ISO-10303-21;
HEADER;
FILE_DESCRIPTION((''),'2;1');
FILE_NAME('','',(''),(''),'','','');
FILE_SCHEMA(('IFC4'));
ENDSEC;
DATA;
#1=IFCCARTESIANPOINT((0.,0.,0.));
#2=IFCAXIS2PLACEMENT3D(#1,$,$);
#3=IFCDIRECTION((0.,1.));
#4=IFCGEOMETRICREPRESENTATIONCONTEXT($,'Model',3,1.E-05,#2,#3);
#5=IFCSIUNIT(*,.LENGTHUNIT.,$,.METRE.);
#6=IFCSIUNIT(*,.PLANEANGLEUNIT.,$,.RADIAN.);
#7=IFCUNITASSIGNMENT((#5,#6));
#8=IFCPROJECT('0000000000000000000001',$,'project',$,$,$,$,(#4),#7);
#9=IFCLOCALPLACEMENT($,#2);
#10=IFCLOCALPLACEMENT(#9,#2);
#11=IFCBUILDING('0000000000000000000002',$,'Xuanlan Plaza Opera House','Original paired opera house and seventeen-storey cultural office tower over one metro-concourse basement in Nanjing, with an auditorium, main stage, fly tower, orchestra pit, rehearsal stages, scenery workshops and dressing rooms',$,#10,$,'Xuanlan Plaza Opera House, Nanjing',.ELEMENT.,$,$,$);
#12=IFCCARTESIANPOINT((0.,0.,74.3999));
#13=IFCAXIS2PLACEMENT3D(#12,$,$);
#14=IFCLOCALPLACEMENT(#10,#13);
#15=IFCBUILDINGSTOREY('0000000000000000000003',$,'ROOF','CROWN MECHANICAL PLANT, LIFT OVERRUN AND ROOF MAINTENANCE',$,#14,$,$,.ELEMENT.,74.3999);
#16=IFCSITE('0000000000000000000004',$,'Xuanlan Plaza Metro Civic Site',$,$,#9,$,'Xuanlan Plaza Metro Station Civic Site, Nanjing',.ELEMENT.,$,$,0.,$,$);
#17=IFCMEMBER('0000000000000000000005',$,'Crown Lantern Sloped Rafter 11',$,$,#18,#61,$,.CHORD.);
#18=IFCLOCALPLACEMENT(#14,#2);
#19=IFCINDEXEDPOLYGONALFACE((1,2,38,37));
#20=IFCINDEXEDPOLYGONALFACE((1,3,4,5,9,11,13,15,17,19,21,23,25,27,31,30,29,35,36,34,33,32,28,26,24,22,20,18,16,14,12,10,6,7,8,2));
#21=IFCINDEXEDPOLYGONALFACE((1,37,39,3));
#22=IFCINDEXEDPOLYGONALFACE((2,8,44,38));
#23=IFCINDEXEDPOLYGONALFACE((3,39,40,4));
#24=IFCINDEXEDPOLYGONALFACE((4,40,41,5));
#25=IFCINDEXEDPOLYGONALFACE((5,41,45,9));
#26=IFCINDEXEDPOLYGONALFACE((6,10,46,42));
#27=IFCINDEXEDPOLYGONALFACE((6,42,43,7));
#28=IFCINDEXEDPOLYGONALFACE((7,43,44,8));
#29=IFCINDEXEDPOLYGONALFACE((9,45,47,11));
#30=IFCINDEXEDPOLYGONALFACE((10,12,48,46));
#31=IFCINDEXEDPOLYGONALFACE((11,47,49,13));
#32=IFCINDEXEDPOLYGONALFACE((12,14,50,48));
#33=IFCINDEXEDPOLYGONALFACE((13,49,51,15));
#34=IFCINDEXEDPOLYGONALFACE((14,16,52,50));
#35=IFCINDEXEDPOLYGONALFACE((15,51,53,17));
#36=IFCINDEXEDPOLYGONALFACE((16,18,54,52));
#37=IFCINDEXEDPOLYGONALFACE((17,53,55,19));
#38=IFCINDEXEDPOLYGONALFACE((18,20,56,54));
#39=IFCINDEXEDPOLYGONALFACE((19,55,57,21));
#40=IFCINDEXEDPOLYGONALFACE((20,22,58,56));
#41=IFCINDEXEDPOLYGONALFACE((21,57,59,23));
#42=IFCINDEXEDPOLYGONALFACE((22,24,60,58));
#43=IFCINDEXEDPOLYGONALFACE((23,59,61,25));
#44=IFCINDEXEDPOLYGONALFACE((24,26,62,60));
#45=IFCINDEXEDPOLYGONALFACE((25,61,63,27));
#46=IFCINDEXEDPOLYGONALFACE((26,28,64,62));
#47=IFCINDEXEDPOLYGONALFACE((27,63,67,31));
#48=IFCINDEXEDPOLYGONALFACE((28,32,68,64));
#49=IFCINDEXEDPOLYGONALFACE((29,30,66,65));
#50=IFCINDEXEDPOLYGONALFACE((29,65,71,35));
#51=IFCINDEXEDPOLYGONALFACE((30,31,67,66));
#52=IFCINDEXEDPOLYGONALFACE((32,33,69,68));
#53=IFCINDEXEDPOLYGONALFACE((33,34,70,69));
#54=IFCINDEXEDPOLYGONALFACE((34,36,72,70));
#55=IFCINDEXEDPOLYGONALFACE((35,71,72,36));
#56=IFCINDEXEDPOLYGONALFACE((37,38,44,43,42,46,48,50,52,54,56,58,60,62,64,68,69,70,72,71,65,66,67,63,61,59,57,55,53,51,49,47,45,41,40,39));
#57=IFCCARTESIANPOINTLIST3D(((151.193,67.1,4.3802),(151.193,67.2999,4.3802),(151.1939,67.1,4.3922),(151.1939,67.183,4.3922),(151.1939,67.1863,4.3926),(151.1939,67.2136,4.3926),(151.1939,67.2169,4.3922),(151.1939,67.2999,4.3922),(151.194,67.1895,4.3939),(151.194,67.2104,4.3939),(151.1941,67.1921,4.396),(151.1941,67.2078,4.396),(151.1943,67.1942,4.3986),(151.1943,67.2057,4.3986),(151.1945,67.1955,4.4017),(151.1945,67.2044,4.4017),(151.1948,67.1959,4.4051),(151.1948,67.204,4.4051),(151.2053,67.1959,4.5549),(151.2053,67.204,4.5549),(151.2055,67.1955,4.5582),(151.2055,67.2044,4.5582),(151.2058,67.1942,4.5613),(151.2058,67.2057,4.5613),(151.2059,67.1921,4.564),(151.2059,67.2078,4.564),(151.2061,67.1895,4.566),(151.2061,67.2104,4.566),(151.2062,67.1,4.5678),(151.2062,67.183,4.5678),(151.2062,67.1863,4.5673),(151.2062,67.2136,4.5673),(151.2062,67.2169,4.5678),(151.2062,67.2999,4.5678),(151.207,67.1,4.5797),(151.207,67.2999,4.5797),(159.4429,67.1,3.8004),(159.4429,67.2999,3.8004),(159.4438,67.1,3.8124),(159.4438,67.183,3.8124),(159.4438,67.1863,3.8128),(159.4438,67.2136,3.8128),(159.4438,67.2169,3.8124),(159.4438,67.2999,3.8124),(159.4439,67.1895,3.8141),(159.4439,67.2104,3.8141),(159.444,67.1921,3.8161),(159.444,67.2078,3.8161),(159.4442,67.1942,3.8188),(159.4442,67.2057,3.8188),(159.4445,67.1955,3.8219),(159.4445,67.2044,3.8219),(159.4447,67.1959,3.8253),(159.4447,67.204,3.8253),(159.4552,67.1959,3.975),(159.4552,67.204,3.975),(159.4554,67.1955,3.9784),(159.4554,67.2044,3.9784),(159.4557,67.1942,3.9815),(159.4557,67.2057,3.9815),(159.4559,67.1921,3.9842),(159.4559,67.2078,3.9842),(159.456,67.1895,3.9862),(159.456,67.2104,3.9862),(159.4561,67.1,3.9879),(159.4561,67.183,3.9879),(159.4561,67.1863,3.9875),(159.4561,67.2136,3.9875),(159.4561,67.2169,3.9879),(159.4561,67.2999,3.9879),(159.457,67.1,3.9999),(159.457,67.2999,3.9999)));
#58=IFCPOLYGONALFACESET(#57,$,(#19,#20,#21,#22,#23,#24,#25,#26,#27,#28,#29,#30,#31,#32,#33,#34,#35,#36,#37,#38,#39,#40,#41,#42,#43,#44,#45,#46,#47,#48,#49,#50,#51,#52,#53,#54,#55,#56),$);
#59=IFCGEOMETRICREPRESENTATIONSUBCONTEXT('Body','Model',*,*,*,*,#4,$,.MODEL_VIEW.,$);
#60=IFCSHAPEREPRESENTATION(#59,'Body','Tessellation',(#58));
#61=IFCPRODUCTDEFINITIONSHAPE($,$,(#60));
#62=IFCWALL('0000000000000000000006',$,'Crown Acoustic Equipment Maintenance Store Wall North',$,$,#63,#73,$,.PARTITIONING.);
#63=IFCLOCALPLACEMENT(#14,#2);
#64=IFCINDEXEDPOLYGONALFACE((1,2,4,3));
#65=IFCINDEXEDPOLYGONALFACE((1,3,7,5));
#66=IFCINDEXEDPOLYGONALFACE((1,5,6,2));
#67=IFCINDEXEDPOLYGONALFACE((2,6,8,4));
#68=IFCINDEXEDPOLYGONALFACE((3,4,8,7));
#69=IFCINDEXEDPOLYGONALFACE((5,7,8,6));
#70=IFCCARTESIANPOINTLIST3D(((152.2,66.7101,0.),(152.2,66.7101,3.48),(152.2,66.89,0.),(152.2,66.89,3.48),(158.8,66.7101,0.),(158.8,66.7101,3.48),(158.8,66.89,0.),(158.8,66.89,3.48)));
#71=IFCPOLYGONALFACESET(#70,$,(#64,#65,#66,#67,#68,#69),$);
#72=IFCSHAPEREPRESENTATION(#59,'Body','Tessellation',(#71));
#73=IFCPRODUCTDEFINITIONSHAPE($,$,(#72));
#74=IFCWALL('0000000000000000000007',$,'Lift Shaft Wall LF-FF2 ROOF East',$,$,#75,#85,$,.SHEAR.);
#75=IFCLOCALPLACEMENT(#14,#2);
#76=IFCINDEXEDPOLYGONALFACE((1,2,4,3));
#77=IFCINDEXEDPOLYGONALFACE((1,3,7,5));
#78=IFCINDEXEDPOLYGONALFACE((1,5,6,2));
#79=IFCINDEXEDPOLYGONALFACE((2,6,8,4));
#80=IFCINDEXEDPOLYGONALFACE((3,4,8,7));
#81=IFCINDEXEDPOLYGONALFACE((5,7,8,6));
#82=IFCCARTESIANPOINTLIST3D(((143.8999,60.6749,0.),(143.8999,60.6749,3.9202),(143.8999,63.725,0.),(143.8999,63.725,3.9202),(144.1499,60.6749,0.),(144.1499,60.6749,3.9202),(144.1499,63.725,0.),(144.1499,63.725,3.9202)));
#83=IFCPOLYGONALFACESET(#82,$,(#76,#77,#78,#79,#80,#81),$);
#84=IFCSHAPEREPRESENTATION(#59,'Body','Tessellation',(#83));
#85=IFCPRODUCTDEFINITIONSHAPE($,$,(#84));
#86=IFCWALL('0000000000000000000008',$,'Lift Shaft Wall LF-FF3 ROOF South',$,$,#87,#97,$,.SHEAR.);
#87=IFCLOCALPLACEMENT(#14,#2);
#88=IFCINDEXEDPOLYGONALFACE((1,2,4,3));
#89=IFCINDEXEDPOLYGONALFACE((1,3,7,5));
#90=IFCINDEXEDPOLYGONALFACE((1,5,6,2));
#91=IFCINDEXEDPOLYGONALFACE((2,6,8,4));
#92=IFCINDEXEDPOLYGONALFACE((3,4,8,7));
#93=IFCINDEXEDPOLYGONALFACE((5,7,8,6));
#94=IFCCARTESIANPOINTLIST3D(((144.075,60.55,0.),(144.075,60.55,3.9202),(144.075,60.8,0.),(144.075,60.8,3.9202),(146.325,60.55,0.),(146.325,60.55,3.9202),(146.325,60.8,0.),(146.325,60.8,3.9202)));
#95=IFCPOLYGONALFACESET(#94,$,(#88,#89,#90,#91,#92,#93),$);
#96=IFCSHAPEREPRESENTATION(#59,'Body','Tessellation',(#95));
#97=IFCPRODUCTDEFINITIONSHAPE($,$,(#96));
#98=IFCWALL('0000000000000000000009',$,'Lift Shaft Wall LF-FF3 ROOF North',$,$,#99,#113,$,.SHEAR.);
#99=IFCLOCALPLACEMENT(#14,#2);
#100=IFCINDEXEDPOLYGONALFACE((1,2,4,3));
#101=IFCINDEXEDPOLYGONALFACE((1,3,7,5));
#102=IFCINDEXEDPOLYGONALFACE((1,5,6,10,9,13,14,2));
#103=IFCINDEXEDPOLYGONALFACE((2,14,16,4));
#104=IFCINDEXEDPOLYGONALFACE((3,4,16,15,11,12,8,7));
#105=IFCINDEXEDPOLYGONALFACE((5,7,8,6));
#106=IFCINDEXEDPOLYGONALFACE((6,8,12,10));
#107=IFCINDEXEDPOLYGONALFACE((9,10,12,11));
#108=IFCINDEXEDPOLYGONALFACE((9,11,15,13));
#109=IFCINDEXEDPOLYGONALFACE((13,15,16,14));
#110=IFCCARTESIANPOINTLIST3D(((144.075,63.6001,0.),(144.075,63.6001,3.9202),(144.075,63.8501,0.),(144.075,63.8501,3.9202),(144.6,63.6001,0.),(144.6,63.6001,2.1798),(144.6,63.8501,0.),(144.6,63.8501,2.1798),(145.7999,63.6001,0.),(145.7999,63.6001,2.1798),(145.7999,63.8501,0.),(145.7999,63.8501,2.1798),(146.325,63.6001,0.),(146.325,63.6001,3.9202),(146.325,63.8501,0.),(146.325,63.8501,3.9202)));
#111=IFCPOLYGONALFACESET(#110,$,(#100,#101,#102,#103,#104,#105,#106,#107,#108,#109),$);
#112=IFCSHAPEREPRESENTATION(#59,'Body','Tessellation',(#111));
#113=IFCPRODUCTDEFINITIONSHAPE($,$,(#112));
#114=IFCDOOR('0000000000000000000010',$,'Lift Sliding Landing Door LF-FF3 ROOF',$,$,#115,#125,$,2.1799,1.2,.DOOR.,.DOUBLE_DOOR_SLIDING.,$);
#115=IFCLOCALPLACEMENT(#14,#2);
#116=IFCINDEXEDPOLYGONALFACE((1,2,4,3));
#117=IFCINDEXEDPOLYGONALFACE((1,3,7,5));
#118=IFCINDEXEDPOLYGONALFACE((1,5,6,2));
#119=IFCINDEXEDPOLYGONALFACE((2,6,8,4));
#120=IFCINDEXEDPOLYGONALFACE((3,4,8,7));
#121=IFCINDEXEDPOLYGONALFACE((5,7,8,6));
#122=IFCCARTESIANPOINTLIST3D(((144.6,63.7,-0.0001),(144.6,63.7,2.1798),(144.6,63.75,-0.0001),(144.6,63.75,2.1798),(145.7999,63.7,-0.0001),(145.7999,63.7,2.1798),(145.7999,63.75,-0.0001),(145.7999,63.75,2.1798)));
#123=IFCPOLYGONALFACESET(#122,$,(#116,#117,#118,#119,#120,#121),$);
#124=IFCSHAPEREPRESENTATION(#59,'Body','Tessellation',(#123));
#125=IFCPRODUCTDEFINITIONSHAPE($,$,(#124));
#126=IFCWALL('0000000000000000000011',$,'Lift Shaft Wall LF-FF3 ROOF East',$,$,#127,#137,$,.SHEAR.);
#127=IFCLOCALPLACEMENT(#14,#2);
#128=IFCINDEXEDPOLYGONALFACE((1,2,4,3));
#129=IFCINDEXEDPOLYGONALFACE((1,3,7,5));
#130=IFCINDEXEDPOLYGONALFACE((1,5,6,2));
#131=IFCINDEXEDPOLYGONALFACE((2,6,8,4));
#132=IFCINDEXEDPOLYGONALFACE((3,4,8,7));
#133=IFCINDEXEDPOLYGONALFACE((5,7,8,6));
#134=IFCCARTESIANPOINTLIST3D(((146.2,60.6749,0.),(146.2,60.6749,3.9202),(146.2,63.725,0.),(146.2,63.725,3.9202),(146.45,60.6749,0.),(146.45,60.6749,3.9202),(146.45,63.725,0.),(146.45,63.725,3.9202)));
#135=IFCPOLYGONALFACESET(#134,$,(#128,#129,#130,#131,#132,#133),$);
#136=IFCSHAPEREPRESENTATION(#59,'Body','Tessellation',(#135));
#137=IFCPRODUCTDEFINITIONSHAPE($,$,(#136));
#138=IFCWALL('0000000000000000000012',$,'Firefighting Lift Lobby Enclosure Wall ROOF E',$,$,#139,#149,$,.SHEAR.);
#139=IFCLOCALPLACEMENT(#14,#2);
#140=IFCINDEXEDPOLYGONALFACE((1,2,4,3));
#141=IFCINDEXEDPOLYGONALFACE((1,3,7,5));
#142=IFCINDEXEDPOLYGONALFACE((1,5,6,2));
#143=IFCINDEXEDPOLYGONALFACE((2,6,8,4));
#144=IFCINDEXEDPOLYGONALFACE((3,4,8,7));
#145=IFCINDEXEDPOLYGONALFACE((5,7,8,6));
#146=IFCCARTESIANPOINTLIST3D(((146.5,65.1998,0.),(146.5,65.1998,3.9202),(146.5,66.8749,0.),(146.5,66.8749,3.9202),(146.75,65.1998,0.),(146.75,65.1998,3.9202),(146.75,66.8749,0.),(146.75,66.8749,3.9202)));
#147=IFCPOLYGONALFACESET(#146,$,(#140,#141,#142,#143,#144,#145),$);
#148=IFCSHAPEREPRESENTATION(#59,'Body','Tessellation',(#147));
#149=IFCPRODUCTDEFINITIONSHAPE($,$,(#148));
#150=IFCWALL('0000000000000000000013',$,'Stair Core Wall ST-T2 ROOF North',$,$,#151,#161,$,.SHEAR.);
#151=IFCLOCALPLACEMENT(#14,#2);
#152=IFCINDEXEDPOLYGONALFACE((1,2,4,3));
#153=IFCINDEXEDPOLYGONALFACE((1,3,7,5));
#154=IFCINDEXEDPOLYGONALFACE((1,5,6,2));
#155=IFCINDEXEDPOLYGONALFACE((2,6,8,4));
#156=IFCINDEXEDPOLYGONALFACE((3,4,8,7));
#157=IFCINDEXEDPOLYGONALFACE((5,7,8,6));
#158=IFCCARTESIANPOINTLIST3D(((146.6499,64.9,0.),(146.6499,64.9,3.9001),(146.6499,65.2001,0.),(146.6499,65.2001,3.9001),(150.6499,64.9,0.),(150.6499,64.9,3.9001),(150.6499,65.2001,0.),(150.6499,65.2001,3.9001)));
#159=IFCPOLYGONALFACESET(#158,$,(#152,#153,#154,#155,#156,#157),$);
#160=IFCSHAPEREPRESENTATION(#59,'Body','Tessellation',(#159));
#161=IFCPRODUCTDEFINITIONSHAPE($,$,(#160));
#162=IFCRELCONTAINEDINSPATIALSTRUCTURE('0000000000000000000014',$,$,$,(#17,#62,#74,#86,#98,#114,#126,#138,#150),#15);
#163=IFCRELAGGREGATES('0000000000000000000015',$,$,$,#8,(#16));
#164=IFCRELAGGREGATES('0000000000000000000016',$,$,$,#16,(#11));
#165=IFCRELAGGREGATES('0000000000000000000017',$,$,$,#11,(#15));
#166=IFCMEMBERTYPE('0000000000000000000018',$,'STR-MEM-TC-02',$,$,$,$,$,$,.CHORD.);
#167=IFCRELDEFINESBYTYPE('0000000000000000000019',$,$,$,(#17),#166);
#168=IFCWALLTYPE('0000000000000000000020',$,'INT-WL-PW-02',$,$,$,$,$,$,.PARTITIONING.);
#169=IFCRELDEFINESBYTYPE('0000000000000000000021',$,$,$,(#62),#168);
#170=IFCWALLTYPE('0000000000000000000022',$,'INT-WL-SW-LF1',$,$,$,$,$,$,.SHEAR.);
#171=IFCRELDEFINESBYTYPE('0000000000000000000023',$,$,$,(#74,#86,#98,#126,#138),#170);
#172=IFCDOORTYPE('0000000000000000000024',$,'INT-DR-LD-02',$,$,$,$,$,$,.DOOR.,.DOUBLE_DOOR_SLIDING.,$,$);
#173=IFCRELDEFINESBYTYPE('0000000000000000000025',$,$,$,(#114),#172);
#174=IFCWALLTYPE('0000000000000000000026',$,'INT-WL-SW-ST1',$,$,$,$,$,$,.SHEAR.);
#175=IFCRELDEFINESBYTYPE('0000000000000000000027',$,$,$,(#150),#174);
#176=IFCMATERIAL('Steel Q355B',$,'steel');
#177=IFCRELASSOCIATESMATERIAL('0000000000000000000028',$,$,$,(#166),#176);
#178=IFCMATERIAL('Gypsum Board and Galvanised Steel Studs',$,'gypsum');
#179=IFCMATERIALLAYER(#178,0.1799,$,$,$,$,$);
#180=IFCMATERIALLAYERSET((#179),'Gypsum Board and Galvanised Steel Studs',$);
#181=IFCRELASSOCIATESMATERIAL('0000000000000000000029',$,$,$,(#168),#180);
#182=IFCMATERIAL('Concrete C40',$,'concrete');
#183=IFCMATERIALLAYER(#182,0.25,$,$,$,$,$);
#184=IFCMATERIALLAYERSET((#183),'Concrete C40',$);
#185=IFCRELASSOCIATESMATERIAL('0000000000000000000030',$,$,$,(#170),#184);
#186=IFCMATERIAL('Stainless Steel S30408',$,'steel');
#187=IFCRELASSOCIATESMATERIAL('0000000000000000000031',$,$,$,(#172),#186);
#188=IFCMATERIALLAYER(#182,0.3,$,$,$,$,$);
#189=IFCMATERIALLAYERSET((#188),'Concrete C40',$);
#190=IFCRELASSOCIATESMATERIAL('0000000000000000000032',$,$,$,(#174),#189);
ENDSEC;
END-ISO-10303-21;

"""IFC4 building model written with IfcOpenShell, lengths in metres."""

from ifc_helpers import new_model, si_unit, direction, frame, frame_2d, origin, origin_2d, place, context, subcontext, project, spatial, rectangle, i_section, extrude, material, layer, layer_set, material_profile, profile_set, type_object, element, fill, save


model = new_model("IFC4")

# Units and contexts
model_context = context("Model", 3, precision=1e-05, world=origin(), true_north=direction((0.0, 1.0)))
body_context = subcontext(model_context, "Body", "Model", "MODEL_VIEW")
ifc_project = project(units=[si_unit("LENGTHUNIT", "METRE"), si_unit("PLANEANGLEUNIT", "RADIAN")], contexts=[model_context])

# Site, building, storey
site_placement = place(None, origin())
site = spatial("IfcSite", under=ifc_project, at=site_placement, Name="Xuanlan Plaza Metro Civic Site", LongName="Xuanlan Plaza Metro Station Civic Site, Nanjing", CompositionType="ELEMENT", RefElevation=0.0)
building_placement = place(site_placement, origin())
building = spatial("IfcBuilding", under=site, at=building_placement, Name="Xuanlan Plaza Opera House", Description="Original paired opera house and seventeen-storey cultural office tower over one metro-concourse basement in Nanjing, with an auditorium, main stage, fly tower, orchestra pit, rehearsal stages, scenery workshops and dressing rooms", LongName="Xuanlan Plaza Opera House, Nanjing", CompositionType="ELEMENT")
storey_placement = place(building_placement, frame((0.0, 0.0, 74.3999)))
storey = spatial("IfcBuildingStorey", under=building, at=storey_placement, Name="ROOF", Description="CROWN MECHANICAL PLANT, LIFT OVERRUN AND ROOF MAINTENANCE", CompositionType="ELEMENT", Elevation=74.3999)

# Shared definitions
ifc_material_1 = material(Name="Steel Q355B", Category="steel")

# Member
ifc_material_profile_1 = material_profile(ifc_material_1, i_section(OverallWidth=0.2, OverallDepth=0.2, WebThickness=0.0081, FlangeThickness=0.012, FilletRadius=0.0129, at=origin_2d()), Name="HW 200x200x8x12")
ifc_profile_set_1 = profile_set([ifc_material_profile_1], Name="Steel Q355B")
member_type_1 = type_object("IfcMemberType", Name="STR-MEM-TC-02", PredefinedType="CHORD", material=ifc_profile_set_1)
member_1_placement = place(storey_placement, frame((159.45, 67.2, 3.9001), z_axis=(-0.997539, 0.0, 0.07011), x_axis=(0.0, -1.0, 0.0)))
element("IfcMember", 1, at=member_1_placement, inside=storey, type_object=member_type_1, Name="Crown Lantern Sloped Rafter 11", PredefinedType="CHORD", context=body_context, shape_type="SweptSolid", body=[
    extrude(i_section(OverallWidth=0.2, OverallDepth=0.2, WebThickness=0.0081, FlangeThickness=0.012, FilletRadius=0.0129, at=origin_2d()), origin(), (0.0, 0.0, 1.0), 8.2703),
])

# Walls
ifc_material_2 = material(Name="Gypsum Board and Galvanised Steel Studs", Category="gypsum")
ifc_layer_1 = layer(ifc_material_2, 0.1799)
ifc_layer_set_1 = layer_set([ifc_layer_1], Name="Gypsum Board and Galvanised Steel Studs")
wall_type_1 = type_object("IfcWallType", Name="INT-WL-PW-02", PredefinedType="PARTITIONING", material=ifc_layer_set_1)
wall_1_placement = place(storey_placement, frame((152.2, 66.8, 0.0), z_axis=(0.0, 0.0, 1.0), x_axis=(1.0, 0.0, 0.0)))
element("IfcWall", 2, at=wall_1_placement, inside=storey, type_object=wall_type_1, Name="Crown Acoustic Equipment Maintenance Store Wall North", PredefinedType="PARTITIONING", context=body_context, shape_type="SweptSolid", body=[
    extrude(rectangle(XDim=6.6001, YDim=0.1799, at=frame_2d((3.3, 0.0))), origin(), (0.0, 0.0, 1.0), 3.48),
])
ifc_material_3 = material(Name="Concrete C40", Category="concrete")
ifc_layer_2 = layer(ifc_material_3, 0.25)
ifc_layer_set_2 = layer_set([ifc_layer_2], Name="Concrete C40")
wall_type_2 = type_object("IfcWallType", Name="INT-WL-SW-LF1", PredefinedType="SHEAR", material=ifc_layer_set_2)
wall_2_placement = place(storey_placement, frame((144.0249, 60.675, 0.0), z_axis=(0.0, 0.0, 1.0), x_axis=(0.0, 1.0, 0.0)))
element("IfcWall", 3, at=wall_2_placement, inside=storey, type_object=wall_type_2, Name="Lift Shaft Wall LF-FF2 ROOF East", PredefinedType="SHEAR", context=body_context, shape_type="SweptSolid", body=[
    extrude(rectangle(XDim=3.05, YDim=0.25, at=frame_2d((1.5249, 0.0))), origin(), (0.0, 0.0, 1.0), 3.9202),
])
wall_3_placement = place(storey_placement, frame((144.075, 60.675, 0.0), z_axis=(0.0, 0.0, 1.0), x_axis=(1.0, 0.0, 0.0)))
element("IfcWall", 4, at=wall_3_placement, inside=storey, type_object=wall_type_2, Name="Lift Shaft Wall LF-FF3 ROOF South", PredefinedType="SHEAR", context=body_context, shape_type="SweptSolid", body=[
    extrude(rectangle(XDim=2.25, YDim=0.25, at=frame_2d((1.125, 0.0))), origin(), (0.0, 0.0, 1.0), 3.9202),
])

# Wall, opening, door
wall_4_placement = place(storey_placement, frame((144.075, 63.7251, 0.0), z_axis=(0.0, 0.0, 1.0), x_axis=(1.0, 0.0, 0.0)))
wall_4 = element("IfcWall", 5, at=wall_4_placement, inside=storey, type_object=wall_type_2, Name="Lift Shaft Wall LF-FF3 ROOF North", PredefinedType="SHEAR", context=body_context, shape_type="SweptSolid", body=[
    extrude(rectangle(XDim=2.25, YDim=0.25, at=frame_2d((1.125, 0.0))), origin(), (0.0, 0.0, 1.0), 3.9202),
])
opening_placement = place(wall_4_placement, frame((0.5249, 0.0, 0.0)))
opening = element("IfcOpeningElement", 6, at=opening_placement, cuts=wall_4, PredefinedType="OPENING", context=body_context, shape_type="SweptSolid", body=[
    extrude(rectangle(XDim=1.2, YDim=2.1799, at=frame_2d((0.6001, 1.0898))), frame((0.0, 0.135, 0.0), z_axis=(0.0, -1.0, 0.0), x_axis=(1.0, 0.0, 0.0)), (0.0, 0.0, 1.0), 0.27),
])
ifc_material_4 = material(Name="Stainless Steel S30408", Category="steel")
door_type = type_object("IfcDoorType", Name="INT-DR-LD-02", OperationType="DOUBLE_DOOR_SLIDING", PredefinedType="DOOR", material=ifc_material_4)
door_placement = place(opening_placement, origin())
door = element("IfcDoor", 7, at=door_placement, inside=storey, type_object=door_type, Name="Lift Sliding Landing Door LF-FF3 ROOF", OperationType="DOUBLE_DOOR_SLIDING", OverallHeight=2.1799, OverallWidth=1.2, PredefinedType="DOOR", context=body_context, shape_type="SweptSolid", body=[
    extrude(rectangle(XDim=1.2, YDim=2.1799, at=frame_2d((0.6001, 1.0898))), frame((0.0, 0.0249, 0.0), z_axis=(0.0, -1.0, 0.0), x_axis=(1.0, 0.0, 0.0)), (0.0, 0.0, 1.0), 0.05),
])
fill(opening, door)

# Walls
wall_5_placement = place(storey_placement, frame((146.325, 60.675, 0.0), z_axis=(0.0, 0.0, 1.0), x_axis=(0.0, 1.0, 0.0)))
element("IfcWall", 8, at=wall_5_placement, inside=storey, type_object=wall_type_2, Name="Lift Shaft Wall LF-FF3 ROOF East", PredefinedType="SHEAR", context=body_context, shape_type="SweptSolid", body=[
    extrude(rectangle(XDim=3.05, YDim=0.25, at=frame_2d((1.5249, 0.0))), origin(), (0.0, 0.0, 1.0), 3.9202),
])
wall_6_placement = place(storey_placement, frame((146.625, 65.2, 0.0), z_axis=(0.0, 0.0, 1.0), x_axis=(0.0, 1.0, 0.0)))
element("IfcWall", 9, at=wall_6_placement, inside=storey, type_object=wall_type_2, Name="Firefighting Lift Lobby Enclosure Wall ROOF E", PredefinedType="SHEAR", context=body_context, shape_type="SweptSolid", body=[
    extrude(rectangle(XDim=1.675, YDim=0.25, at=frame_2d((0.8374, 0.0))), origin(), (0.0, 0.0, 1.0), 3.9202),
])
ifc_layer_3 = layer(ifc_material_3, 0.3)
ifc_layer_set_3 = layer_set([ifc_layer_3], Name="Concrete C40")
wall_type_3 = type_object("IfcWallType", Name="INT-WL-SW-ST1", PredefinedType="SHEAR", material=ifc_layer_set_3)
wall_7_placement = place(storey_placement, frame((146.6499, 65.05, 0.0), z_axis=(0.0, 0.0, 1.0), x_axis=(1.0, 0.0, 0.0)))
element("IfcWall", 10, at=wall_7_placement, inside=storey, type_object=wall_type_3, Name="Stair Core Wall ST-T2 ROOF North", PredefinedType="SHEAR", context=body_context, shape_type="SweptSolid", body=[
    extrude(rectangle(XDim=4.0, YDim=0.3, at=frame_2d((2.0, 0.0))), origin(), (0.0, 0.0, 1.0), 3.9001),
])

save(model, "model.ifc")
